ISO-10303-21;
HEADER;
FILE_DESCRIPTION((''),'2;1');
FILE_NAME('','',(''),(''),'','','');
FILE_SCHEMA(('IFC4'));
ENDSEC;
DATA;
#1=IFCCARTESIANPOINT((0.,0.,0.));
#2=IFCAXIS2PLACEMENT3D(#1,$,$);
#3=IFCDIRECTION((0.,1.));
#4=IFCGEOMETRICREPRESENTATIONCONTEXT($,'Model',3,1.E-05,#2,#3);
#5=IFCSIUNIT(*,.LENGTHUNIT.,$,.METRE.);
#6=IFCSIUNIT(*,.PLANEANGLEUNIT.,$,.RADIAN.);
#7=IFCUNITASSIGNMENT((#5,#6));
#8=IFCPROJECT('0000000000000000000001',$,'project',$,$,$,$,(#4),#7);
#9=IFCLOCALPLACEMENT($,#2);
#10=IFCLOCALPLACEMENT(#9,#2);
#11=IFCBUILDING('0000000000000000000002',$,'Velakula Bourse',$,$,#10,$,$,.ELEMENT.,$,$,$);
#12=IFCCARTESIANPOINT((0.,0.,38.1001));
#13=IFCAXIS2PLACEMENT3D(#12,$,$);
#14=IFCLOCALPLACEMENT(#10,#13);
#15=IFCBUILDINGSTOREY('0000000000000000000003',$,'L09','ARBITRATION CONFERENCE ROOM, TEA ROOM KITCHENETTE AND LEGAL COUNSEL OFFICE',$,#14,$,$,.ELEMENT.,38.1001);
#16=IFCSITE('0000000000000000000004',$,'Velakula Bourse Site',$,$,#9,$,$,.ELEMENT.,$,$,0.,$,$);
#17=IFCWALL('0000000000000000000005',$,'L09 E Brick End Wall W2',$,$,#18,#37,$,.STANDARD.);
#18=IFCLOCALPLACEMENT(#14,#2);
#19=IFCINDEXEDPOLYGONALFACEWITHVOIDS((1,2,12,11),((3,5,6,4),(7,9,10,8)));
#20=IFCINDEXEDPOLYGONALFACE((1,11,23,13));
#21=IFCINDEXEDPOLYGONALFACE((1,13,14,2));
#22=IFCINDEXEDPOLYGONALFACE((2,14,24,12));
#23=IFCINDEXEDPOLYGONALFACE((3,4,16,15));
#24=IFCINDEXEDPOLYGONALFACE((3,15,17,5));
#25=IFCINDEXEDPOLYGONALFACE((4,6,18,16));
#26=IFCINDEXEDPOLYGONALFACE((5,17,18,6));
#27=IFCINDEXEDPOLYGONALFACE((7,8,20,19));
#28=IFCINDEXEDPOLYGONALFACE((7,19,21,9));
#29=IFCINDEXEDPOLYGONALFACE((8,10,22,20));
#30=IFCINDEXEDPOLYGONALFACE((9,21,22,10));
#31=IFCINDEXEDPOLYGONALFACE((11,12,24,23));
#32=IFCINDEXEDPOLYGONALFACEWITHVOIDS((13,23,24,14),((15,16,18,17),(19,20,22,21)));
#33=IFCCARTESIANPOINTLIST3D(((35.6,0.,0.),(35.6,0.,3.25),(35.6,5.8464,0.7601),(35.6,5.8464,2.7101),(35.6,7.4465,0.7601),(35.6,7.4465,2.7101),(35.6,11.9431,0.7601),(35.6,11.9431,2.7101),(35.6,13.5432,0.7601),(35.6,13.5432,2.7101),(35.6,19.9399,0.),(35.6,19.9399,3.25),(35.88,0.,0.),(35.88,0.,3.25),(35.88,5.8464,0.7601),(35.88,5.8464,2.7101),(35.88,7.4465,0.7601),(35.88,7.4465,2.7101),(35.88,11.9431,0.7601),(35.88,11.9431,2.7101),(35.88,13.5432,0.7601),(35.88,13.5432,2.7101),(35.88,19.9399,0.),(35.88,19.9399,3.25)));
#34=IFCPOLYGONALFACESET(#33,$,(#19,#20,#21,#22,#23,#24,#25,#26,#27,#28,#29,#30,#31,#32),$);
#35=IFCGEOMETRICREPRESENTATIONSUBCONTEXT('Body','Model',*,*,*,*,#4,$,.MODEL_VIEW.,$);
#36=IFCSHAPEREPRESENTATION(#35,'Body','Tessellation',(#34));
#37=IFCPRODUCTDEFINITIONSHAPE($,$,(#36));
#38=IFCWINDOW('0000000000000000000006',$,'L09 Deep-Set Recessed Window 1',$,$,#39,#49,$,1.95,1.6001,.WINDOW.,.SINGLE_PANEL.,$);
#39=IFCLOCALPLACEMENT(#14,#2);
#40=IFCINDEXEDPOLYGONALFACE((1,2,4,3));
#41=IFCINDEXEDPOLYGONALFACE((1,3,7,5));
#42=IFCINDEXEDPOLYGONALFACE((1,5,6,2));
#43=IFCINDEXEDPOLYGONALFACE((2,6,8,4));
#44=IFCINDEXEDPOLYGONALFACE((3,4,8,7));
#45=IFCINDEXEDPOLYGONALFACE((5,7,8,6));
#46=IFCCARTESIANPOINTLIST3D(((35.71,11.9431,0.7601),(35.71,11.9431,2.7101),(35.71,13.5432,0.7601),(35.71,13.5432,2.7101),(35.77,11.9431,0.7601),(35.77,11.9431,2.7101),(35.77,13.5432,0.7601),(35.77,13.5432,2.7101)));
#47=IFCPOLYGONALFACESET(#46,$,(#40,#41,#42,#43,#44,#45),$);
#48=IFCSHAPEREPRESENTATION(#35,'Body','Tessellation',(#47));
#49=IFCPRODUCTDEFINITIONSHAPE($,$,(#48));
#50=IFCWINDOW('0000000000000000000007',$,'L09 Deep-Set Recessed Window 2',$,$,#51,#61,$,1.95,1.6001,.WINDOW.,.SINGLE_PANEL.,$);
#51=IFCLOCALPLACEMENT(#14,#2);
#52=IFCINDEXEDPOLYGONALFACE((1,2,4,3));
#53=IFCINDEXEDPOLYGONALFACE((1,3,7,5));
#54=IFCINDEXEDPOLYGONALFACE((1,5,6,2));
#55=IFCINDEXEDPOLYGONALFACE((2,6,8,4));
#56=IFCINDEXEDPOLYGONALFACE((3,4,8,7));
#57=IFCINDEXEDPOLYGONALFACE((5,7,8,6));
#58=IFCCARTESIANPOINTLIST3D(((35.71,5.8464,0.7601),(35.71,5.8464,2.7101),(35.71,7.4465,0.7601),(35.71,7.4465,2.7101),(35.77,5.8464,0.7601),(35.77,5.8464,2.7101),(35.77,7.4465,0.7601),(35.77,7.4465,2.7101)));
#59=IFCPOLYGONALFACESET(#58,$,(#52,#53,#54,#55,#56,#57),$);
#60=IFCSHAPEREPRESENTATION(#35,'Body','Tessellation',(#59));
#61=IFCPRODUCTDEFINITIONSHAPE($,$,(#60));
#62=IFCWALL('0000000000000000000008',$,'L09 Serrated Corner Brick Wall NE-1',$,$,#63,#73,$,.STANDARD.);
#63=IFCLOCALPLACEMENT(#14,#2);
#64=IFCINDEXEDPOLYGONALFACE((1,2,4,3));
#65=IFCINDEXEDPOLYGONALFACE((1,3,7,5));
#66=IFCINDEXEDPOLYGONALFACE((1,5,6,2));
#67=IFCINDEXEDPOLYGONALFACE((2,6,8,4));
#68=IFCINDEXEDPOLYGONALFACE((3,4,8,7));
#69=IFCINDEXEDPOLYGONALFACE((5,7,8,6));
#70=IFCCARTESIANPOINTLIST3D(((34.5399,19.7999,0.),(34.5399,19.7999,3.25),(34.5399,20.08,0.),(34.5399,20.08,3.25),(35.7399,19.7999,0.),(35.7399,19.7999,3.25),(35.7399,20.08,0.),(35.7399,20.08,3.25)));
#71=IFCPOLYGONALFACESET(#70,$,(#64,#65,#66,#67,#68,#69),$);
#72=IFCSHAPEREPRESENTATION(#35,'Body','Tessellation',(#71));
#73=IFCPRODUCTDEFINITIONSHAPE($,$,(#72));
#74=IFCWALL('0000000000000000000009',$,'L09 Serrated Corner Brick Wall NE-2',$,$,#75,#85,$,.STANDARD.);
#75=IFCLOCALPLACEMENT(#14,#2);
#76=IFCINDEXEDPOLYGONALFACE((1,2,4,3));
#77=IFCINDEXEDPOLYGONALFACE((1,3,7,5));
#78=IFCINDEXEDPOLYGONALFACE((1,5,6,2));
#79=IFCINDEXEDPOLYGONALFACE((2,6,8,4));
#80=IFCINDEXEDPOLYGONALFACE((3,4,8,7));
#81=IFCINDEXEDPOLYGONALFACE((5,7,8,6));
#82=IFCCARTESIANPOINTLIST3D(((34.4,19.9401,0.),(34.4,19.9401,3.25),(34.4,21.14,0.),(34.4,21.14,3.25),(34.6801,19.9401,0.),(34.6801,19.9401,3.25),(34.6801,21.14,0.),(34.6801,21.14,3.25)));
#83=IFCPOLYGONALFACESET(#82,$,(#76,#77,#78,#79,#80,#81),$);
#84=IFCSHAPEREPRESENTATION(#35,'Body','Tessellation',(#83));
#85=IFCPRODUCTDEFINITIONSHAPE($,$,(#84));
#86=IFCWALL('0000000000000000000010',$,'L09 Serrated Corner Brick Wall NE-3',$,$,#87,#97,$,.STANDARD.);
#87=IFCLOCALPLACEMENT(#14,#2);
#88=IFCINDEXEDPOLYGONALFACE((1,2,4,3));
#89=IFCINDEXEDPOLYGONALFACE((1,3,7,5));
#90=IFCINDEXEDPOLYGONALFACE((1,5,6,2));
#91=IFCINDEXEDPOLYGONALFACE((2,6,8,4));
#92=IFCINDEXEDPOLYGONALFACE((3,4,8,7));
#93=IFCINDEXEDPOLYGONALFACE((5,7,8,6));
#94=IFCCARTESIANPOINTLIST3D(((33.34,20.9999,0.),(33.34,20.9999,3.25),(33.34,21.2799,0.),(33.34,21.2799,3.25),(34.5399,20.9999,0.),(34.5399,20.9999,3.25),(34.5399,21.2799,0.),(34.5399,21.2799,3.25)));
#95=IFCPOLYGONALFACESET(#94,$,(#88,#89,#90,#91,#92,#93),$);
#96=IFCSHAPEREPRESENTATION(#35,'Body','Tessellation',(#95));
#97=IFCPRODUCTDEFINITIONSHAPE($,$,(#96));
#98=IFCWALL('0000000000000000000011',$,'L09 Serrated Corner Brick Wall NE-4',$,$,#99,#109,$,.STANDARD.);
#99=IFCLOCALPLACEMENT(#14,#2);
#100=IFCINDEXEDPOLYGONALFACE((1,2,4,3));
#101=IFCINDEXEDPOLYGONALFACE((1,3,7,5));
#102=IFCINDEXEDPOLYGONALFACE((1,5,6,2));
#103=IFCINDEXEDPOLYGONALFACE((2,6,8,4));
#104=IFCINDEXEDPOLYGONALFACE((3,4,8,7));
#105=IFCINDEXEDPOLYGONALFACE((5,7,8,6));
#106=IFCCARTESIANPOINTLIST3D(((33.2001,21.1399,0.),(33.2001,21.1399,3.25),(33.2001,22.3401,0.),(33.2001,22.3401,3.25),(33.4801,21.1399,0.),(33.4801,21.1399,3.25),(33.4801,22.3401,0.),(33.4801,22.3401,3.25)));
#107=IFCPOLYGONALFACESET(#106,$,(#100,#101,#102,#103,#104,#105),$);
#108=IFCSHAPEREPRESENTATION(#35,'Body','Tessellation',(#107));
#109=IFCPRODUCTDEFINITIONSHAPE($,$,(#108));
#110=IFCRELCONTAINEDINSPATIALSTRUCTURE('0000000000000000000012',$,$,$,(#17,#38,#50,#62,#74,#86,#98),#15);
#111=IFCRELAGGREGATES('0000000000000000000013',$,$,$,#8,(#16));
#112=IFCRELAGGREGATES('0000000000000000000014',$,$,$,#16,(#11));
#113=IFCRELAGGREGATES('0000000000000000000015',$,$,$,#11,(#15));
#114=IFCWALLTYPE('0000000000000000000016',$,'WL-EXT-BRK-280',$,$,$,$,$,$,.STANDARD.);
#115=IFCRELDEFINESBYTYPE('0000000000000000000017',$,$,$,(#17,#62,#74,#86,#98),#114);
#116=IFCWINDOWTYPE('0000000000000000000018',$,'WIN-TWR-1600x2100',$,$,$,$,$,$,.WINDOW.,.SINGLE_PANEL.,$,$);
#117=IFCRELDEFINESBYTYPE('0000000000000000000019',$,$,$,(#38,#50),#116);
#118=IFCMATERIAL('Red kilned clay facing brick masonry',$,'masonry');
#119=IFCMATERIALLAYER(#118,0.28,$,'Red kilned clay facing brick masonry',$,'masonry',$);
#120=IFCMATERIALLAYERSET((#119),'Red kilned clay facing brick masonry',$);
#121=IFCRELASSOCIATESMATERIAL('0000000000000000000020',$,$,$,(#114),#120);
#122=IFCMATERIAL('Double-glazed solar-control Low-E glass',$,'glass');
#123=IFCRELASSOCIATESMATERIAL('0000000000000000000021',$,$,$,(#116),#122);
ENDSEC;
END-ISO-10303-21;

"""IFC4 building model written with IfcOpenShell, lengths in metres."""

from ifc_helpers import new_model, si_unit, direction, frame, frame_2d, origin, place, context, subcontext, project, spatial, rectangle, extrude, material, layer, layer_set, type_object, element, fill, save


model = new_model("IFC4")

# Units and contexts
model_context = context("Model", 3, precision=1e-05, world=origin(), true_north=direction((0.0, 1.0)))
body_context = subcontext(model_context, "Body", "Model", "MODEL_VIEW")
ifc_project = project(units=[si_unit("LENGTHUNIT", "METRE"), si_unit("PLANEANGLEUNIT", "RADIAN")], contexts=[model_context])

# Site, building, storey
site_placement = place(None, origin())
site = spatial("IfcSite", under=ifc_project, at=site_placement, Name="Velakula Bourse Site", CompositionType="ELEMENT", RefElevation=0.0)
building_placement = place(site_placement, origin())
building = spatial("IfcBuilding", under=site, at=building_placement, Name="Velakula Bourse", CompositionType="ELEMENT")
storey_placement = place(building_placement, frame((0.0, 0.0, 38.1001)))
storey = spatial("IfcBuildingStorey", under=building, at=storey_placement, Name="L09", Description="ARBITRATION CONFERENCE ROOM, TEA ROOM KITCHENETTE AND LEGAL COUNSEL OFFICE", CompositionType="ELEMENT", Elevation=38.1001)

# Wall, openings, windows
ifc_material_1 = material(Name="Red kilned clay facing brick masonry", Category="masonry")
ifc_layer = layer(ifc_material_1, 0.28, Name="Red kilned clay facing brick masonry", Category="masonry")
ifc_layer_set = layer_set([ifc_layer], Name="Red kilned clay facing brick masonry")
wall_type = type_object("IfcWallType", Name="WL-EXT-BRK-280", PredefinedType="STANDARD", material=ifc_layer_set)
wall_1_placement = place(storey_placement, frame((35.74, 19.9399, 0.0), z_axis=(0.0, 0.0, 1.0), x_axis=(0.0, -1.0, 0.0)))
wall_1 = element("IfcWall", 1, at=wall_1_placement, inside=storey, type_object=wall_type, Name="L09 E Brick End Wall W2", PredefinedType="STANDARD", context=body_context, shape_type="SweptSolid", body=[
    extrude(rectangle(XDim=19.9399, YDim=0.28, at=frame_2d((9.97, 0.0))), origin(), (0.0, 0.0, 1.0), 3.25),
])
opening_1_placement = place(wall_1_placement, frame((6.3967, 0.0, 0.76)))
opening_1 = element("IfcOpeningElement", 2, at=opening_1_placement, cuts=wall_1, PredefinedType="OPENING", context=body_context, shape_type="SweptSolid", body=[
    extrude(rectangle(XDim=1.6001, YDim=1.95, at=frame_2d((0.8, 0.9751))), frame((0.0, 0.1499, 0.0), z_axis=(0.0, -1.0, 0.0), x_axis=(1.0, 0.0, 0.0)), (0.0, 0.0, 1.0), 0.3),
])
opening_2_placement = place(wall_1_placement, frame((12.4934, 0.0, 0.76)))
opening_2 = element("IfcOpeningElement", 3, at=opening_2_placement, cuts=wall_1, PredefinedType="OPENING", context=body_context, shape_type="SweptSolid", body=[
    extrude(rectangle(XDim=1.6001, YDim=1.95, at=frame_2d((0.8, 0.9751))), frame((0.0, 0.1499, 0.0), z_axis=(0.0, -1.0, 0.0), x_axis=(1.0, 0.0, 0.0)), (0.0, 0.0, 1.0), 0.3),
])
ifc_material_2 = material(Name="Double-glazed solar-control Low-E glass", Category="glass")
window_type = type_object("IfcWindowType", Name="WIN-TWR-1600x2100", PartitioningType="SINGLE_PANEL", PredefinedType="WINDOW", material=ifc_material_2)
window_1_placement = place(opening_1_placement, origin())
window_1 = element("IfcWindow", 4, at=window_1_placement, inside=storey, type_object=window_type, Name="L09 Deep-Set Recessed Window 1", OverallHeight=1.95, OverallWidth=1.6001, PartitioningType="SINGLE_PANEL", PredefinedType="WINDOW", context=body_context, shape_type="SweptSolid", body=[
    extrude(rectangle(XDim=1.6001, YDim=1.95, at=frame_2d((0.8, 0.9751))), frame((0.0, 0.03, 0.0), z_axis=(0.0, -1.0, 0.0), x_axis=(1.0, 0.0, 0.0)), (0.0, 0.0, 1.0), 0.0601),
])
fill(opening_1, window_1)
window_2_placement = place(opening_2_placement, origin())
window_2 = element("IfcWindow", 5, at=window_2_placement, inside=storey, type_object=window_type, Name="L09 Deep-Set Recessed Window 2", OverallHeight=1.95, OverallWidth=1.6001, PartitioningType="SINGLE_PANEL", PredefinedType="WINDOW", context=body_context, shape_type="SweptSolid", body=[
    extrude(rectangle(XDim=1.6001, YDim=1.95, at=frame_2d((0.8, 0.9751))), frame((0.0, 0.03, 0.0), z_axis=(0.0, -1.0, 0.0), x_axis=(1.0, 0.0, 0.0)), (0.0, 0.0, 1.0), 0.0601),
])
fill(opening_2, window_2)

# Walls
for number, where, z_axis, x_axis, name in (
    (6, (35.74, 19.9399, 0.0), (0.0, 0.0, 1.0), (-1.0, 0.0, 0.0), "L09 Serrated Corner Brick Wall NE-1"),
    (7, (34.54, 19.9399, 0.0), (0.0, 0.0, 1.0), (0.0, 1.0, 0.0), "L09 Serrated Corner Brick Wall NE-2"),
    (8, (34.54, 21.1399, 0.0), (0.0, 0.0, 1.0), (-1.0, 0.0, 0.0), "L09 Serrated Corner Brick Wall NE-3"),
):
    element("IfcWall", number, at=place(storey_placement, frame(where, z_axis=z_axis, x_axis=x_axis)), inside=storey, type_object=wall_type, Name=name, PredefinedType="STANDARD", context=body_context, shape_type="SweptSolid", body=[
        extrude(rectangle(XDim=1.2, YDim=0.28, at=frame_2d((0.6001, 0.0))), origin(), (0.0, 0.0, 1.0), 3.25),
    ])
wall_2_placement = place(storey_placement, frame((33.3401, 21.1399, 0.0), z_axis=(0.0, 0.0, 1.0), x_axis=(0.0, 1.0, 0.0)))
element("IfcWall", 9, at=wall_2_placement, inside=storey, type_object=wall_type, Name="L09 Serrated Corner Brick Wall NE-4", PredefinedType="STANDARD", context=body_context, shape_type="SweptSolid", body=[
    extrude(rectangle(XDim=1.2002, YDim=0.28, at=frame_2d((0.6001, 0.0))), origin(), (0.0, 0.0, 1.0), 3.25),
])

save(model, "model.ifc")
